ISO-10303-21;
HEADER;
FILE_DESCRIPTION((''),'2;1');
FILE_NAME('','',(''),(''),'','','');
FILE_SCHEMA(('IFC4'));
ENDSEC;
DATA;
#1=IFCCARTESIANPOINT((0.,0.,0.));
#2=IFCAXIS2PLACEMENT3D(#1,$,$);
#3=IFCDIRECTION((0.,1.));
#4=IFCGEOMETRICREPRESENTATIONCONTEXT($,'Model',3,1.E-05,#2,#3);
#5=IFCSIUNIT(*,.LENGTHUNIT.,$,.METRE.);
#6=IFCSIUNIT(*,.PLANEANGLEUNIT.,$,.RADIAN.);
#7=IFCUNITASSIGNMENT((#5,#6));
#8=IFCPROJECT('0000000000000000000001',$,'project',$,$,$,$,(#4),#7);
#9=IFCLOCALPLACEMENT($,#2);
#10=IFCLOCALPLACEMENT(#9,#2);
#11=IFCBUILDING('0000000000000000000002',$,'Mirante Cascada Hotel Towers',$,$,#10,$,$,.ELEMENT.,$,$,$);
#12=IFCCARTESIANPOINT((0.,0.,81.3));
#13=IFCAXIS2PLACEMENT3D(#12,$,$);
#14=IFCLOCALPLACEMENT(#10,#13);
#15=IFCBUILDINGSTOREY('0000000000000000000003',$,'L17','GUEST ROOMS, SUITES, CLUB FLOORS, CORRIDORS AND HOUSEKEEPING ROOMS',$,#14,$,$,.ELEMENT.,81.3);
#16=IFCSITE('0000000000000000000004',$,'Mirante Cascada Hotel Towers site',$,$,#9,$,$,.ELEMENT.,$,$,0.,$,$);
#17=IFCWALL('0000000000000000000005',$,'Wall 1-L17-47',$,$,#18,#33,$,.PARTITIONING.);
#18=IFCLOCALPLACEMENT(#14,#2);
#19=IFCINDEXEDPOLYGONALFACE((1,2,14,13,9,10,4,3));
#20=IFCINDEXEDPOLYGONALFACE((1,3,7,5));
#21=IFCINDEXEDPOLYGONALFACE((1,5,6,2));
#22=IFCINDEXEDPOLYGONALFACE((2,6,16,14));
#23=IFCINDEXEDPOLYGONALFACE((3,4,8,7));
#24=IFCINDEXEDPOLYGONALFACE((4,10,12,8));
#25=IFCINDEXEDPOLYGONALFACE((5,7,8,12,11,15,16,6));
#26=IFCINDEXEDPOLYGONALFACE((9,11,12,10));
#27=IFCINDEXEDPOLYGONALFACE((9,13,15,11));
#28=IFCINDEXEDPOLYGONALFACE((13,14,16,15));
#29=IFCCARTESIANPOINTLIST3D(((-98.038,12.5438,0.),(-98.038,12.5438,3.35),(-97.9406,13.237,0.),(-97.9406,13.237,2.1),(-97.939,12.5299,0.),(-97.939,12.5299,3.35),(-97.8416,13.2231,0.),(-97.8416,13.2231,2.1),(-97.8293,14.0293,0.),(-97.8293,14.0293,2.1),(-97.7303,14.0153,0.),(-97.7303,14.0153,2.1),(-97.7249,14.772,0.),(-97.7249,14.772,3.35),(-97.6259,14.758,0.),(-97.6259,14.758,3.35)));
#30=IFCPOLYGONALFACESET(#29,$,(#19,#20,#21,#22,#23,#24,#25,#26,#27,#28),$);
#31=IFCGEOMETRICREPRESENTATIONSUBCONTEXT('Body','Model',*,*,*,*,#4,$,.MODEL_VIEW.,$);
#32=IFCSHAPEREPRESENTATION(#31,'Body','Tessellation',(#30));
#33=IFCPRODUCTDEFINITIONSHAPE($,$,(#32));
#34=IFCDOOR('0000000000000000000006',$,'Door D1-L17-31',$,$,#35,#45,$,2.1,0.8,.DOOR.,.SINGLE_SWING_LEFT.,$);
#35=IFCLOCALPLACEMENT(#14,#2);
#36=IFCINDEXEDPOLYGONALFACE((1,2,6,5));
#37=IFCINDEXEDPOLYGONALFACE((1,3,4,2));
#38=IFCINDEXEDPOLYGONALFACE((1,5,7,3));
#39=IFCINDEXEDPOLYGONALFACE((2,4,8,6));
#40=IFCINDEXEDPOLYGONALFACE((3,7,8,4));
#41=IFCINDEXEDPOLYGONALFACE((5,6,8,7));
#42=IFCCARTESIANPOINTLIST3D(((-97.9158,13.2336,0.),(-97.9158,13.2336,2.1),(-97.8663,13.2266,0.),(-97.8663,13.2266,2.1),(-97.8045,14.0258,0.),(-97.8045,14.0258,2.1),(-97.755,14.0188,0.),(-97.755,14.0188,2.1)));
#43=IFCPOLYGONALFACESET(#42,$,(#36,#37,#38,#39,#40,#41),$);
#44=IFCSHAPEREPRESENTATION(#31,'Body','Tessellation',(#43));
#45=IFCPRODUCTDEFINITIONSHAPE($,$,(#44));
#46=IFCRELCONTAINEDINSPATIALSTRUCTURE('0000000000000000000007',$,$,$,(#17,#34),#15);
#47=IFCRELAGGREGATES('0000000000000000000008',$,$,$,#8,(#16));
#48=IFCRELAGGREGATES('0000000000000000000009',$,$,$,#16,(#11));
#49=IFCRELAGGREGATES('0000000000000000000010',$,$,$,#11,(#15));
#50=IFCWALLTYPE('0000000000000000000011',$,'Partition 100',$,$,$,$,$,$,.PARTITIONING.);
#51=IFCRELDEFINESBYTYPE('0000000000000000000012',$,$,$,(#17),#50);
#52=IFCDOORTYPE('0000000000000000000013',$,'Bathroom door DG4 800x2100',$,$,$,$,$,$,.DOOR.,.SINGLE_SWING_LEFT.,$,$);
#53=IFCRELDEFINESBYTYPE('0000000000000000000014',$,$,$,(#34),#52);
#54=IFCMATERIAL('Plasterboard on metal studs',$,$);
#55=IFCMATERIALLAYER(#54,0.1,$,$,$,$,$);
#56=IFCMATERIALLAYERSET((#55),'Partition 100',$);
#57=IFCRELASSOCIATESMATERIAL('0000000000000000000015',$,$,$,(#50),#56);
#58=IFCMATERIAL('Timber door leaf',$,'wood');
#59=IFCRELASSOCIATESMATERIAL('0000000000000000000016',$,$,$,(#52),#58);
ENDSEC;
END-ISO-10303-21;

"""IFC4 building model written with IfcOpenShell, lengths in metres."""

from ifc_helpers import new_model, si_unit, direction, frame, frame_2d, origin, place, context, subcontext, project, spatial, rectangle, extrude, material, layer, layer_set, type_object, element, fill, save


model = new_model("IFC4")

# Units and contexts
model_context = context("Model", 3, precision=1e-05, world=origin(), true_north=direction((0.0, 1.0)))
body_context = subcontext(model_context, "Body", "Model", "MODEL_VIEW")
ifc_project = project(units=[si_unit("LENGTHUNIT", "METRE"), si_unit("PLANEANGLEUNIT", "RADIAN")], contexts=[model_context])

# Site, building, storey
site_placement = place(None, origin())
site = spatial("IfcSite", under=ifc_project, at=site_placement, Name="Mirante Cascada Hotel Towers site", CompositionType="ELEMENT", RefElevation=0.0)
building_placement = place(site_placement, origin())
building = spatial("IfcBuilding", under=site, at=building_placement, Name="Mirante Cascada Hotel Towers", CompositionType="ELEMENT")
storey_placement = place(building_placement, frame((0.0, 0.0, 81.3)))
storey = spatial("IfcBuildingStorey", under=building, at=storey_placement, Name="L17", Description="GUEST ROOMS, SUITES, CLUB FLOORS, CORRIDORS AND HOUSEKEEPING ROOMS", CompositionType="ELEMENT", Elevation=81.3)

# Shared definitions
ifc_material_1 = material(Name="Plasterboard on metal studs")
ifc_layer_1 = layer(ifc_material_1, 0.1)
ifc_layer_set_1 = layer_set([ifc_layer_1], Name="Partition 100")
wall_type_1 = type_object("IfcWallType", Name="Partition 100", PredefinedType="PARTITIONING", material=ifc_layer_set_1)

# Wall, opening, door
ifc_material_2 = material(Name="Timber door leaf", Category="wood")
door_type_1 = type_object("IfcDoorType", Name="Bathroom door DG4 800x2100", OperationType="SINGLE_SWING_LEFT", PredefinedType="DOOR", material=ifc_material_2)
wall_1_placement = place(storey_placement, frame((-97.6754, 14.765, 0.0), z_axis=(0.0, 0.0, 1.0), x_axis=(-0.139156, -0.990271, 0.0)))
wall_1 = element("IfcWall", 1, at=wall_1_placement, inside=storey, type_object=wall_type_1, Name="Wall 1-L17-47", PredefinedType="PARTITIONING", context=body_context, shape_type="SweptSolid", body=[
    extrude(rectangle(XDim=2.25, YDim=0.1, at=frame_2d((1.125, 0.0))), origin(), (0.0, 0.0, 1.0), 3.35),
])
opening_1_placement = place(wall_1_placement, frame((0.75, 0.0, 0.0)))
opening_1 = element("IfcOpeningElement", 2, at=opening_1_placement, cuts=wall_1, PredefinedType="OPENING", context=body_context, shape_type="SweptSolid", body=[
    extrude(rectangle(XDim=0.8, YDim=2.1, at=frame_2d((0.4, 1.05))), frame((0.0, 0.05, 0.0), z_axis=(0.0, -1.0, 0.0), x_axis=(1.0, 0.0, 0.0)), (0.0, 0.0, 1.0), 0.1),
])
door_1_placement = place(opening_1_placement, origin())
door_1 = element("IfcDoor", 3, at=door_1_placement, inside=storey, type_object=door_type_1, Name="Door D1-L17-31", OperationType="SINGLE_SWING_LEFT", OverallHeight=2.1, OverallWidth=0.8, PredefinedType="DOOR", context=body_context, shape_type="SweptSolid", body=[
    extrude(rectangle(XDim=0.8, YDim=2.1, at=frame_2d((0.4, 1.05))), frame((0.0, 0.025, 0.0), z_axis=(0.0, -1.0, 0.0), x_axis=(1.0, 0.0, 0.0)), (0.0, 0.0, 1.0), 0.05),
])
fill(opening_1, door_1)

save(model, "model.ifc")
